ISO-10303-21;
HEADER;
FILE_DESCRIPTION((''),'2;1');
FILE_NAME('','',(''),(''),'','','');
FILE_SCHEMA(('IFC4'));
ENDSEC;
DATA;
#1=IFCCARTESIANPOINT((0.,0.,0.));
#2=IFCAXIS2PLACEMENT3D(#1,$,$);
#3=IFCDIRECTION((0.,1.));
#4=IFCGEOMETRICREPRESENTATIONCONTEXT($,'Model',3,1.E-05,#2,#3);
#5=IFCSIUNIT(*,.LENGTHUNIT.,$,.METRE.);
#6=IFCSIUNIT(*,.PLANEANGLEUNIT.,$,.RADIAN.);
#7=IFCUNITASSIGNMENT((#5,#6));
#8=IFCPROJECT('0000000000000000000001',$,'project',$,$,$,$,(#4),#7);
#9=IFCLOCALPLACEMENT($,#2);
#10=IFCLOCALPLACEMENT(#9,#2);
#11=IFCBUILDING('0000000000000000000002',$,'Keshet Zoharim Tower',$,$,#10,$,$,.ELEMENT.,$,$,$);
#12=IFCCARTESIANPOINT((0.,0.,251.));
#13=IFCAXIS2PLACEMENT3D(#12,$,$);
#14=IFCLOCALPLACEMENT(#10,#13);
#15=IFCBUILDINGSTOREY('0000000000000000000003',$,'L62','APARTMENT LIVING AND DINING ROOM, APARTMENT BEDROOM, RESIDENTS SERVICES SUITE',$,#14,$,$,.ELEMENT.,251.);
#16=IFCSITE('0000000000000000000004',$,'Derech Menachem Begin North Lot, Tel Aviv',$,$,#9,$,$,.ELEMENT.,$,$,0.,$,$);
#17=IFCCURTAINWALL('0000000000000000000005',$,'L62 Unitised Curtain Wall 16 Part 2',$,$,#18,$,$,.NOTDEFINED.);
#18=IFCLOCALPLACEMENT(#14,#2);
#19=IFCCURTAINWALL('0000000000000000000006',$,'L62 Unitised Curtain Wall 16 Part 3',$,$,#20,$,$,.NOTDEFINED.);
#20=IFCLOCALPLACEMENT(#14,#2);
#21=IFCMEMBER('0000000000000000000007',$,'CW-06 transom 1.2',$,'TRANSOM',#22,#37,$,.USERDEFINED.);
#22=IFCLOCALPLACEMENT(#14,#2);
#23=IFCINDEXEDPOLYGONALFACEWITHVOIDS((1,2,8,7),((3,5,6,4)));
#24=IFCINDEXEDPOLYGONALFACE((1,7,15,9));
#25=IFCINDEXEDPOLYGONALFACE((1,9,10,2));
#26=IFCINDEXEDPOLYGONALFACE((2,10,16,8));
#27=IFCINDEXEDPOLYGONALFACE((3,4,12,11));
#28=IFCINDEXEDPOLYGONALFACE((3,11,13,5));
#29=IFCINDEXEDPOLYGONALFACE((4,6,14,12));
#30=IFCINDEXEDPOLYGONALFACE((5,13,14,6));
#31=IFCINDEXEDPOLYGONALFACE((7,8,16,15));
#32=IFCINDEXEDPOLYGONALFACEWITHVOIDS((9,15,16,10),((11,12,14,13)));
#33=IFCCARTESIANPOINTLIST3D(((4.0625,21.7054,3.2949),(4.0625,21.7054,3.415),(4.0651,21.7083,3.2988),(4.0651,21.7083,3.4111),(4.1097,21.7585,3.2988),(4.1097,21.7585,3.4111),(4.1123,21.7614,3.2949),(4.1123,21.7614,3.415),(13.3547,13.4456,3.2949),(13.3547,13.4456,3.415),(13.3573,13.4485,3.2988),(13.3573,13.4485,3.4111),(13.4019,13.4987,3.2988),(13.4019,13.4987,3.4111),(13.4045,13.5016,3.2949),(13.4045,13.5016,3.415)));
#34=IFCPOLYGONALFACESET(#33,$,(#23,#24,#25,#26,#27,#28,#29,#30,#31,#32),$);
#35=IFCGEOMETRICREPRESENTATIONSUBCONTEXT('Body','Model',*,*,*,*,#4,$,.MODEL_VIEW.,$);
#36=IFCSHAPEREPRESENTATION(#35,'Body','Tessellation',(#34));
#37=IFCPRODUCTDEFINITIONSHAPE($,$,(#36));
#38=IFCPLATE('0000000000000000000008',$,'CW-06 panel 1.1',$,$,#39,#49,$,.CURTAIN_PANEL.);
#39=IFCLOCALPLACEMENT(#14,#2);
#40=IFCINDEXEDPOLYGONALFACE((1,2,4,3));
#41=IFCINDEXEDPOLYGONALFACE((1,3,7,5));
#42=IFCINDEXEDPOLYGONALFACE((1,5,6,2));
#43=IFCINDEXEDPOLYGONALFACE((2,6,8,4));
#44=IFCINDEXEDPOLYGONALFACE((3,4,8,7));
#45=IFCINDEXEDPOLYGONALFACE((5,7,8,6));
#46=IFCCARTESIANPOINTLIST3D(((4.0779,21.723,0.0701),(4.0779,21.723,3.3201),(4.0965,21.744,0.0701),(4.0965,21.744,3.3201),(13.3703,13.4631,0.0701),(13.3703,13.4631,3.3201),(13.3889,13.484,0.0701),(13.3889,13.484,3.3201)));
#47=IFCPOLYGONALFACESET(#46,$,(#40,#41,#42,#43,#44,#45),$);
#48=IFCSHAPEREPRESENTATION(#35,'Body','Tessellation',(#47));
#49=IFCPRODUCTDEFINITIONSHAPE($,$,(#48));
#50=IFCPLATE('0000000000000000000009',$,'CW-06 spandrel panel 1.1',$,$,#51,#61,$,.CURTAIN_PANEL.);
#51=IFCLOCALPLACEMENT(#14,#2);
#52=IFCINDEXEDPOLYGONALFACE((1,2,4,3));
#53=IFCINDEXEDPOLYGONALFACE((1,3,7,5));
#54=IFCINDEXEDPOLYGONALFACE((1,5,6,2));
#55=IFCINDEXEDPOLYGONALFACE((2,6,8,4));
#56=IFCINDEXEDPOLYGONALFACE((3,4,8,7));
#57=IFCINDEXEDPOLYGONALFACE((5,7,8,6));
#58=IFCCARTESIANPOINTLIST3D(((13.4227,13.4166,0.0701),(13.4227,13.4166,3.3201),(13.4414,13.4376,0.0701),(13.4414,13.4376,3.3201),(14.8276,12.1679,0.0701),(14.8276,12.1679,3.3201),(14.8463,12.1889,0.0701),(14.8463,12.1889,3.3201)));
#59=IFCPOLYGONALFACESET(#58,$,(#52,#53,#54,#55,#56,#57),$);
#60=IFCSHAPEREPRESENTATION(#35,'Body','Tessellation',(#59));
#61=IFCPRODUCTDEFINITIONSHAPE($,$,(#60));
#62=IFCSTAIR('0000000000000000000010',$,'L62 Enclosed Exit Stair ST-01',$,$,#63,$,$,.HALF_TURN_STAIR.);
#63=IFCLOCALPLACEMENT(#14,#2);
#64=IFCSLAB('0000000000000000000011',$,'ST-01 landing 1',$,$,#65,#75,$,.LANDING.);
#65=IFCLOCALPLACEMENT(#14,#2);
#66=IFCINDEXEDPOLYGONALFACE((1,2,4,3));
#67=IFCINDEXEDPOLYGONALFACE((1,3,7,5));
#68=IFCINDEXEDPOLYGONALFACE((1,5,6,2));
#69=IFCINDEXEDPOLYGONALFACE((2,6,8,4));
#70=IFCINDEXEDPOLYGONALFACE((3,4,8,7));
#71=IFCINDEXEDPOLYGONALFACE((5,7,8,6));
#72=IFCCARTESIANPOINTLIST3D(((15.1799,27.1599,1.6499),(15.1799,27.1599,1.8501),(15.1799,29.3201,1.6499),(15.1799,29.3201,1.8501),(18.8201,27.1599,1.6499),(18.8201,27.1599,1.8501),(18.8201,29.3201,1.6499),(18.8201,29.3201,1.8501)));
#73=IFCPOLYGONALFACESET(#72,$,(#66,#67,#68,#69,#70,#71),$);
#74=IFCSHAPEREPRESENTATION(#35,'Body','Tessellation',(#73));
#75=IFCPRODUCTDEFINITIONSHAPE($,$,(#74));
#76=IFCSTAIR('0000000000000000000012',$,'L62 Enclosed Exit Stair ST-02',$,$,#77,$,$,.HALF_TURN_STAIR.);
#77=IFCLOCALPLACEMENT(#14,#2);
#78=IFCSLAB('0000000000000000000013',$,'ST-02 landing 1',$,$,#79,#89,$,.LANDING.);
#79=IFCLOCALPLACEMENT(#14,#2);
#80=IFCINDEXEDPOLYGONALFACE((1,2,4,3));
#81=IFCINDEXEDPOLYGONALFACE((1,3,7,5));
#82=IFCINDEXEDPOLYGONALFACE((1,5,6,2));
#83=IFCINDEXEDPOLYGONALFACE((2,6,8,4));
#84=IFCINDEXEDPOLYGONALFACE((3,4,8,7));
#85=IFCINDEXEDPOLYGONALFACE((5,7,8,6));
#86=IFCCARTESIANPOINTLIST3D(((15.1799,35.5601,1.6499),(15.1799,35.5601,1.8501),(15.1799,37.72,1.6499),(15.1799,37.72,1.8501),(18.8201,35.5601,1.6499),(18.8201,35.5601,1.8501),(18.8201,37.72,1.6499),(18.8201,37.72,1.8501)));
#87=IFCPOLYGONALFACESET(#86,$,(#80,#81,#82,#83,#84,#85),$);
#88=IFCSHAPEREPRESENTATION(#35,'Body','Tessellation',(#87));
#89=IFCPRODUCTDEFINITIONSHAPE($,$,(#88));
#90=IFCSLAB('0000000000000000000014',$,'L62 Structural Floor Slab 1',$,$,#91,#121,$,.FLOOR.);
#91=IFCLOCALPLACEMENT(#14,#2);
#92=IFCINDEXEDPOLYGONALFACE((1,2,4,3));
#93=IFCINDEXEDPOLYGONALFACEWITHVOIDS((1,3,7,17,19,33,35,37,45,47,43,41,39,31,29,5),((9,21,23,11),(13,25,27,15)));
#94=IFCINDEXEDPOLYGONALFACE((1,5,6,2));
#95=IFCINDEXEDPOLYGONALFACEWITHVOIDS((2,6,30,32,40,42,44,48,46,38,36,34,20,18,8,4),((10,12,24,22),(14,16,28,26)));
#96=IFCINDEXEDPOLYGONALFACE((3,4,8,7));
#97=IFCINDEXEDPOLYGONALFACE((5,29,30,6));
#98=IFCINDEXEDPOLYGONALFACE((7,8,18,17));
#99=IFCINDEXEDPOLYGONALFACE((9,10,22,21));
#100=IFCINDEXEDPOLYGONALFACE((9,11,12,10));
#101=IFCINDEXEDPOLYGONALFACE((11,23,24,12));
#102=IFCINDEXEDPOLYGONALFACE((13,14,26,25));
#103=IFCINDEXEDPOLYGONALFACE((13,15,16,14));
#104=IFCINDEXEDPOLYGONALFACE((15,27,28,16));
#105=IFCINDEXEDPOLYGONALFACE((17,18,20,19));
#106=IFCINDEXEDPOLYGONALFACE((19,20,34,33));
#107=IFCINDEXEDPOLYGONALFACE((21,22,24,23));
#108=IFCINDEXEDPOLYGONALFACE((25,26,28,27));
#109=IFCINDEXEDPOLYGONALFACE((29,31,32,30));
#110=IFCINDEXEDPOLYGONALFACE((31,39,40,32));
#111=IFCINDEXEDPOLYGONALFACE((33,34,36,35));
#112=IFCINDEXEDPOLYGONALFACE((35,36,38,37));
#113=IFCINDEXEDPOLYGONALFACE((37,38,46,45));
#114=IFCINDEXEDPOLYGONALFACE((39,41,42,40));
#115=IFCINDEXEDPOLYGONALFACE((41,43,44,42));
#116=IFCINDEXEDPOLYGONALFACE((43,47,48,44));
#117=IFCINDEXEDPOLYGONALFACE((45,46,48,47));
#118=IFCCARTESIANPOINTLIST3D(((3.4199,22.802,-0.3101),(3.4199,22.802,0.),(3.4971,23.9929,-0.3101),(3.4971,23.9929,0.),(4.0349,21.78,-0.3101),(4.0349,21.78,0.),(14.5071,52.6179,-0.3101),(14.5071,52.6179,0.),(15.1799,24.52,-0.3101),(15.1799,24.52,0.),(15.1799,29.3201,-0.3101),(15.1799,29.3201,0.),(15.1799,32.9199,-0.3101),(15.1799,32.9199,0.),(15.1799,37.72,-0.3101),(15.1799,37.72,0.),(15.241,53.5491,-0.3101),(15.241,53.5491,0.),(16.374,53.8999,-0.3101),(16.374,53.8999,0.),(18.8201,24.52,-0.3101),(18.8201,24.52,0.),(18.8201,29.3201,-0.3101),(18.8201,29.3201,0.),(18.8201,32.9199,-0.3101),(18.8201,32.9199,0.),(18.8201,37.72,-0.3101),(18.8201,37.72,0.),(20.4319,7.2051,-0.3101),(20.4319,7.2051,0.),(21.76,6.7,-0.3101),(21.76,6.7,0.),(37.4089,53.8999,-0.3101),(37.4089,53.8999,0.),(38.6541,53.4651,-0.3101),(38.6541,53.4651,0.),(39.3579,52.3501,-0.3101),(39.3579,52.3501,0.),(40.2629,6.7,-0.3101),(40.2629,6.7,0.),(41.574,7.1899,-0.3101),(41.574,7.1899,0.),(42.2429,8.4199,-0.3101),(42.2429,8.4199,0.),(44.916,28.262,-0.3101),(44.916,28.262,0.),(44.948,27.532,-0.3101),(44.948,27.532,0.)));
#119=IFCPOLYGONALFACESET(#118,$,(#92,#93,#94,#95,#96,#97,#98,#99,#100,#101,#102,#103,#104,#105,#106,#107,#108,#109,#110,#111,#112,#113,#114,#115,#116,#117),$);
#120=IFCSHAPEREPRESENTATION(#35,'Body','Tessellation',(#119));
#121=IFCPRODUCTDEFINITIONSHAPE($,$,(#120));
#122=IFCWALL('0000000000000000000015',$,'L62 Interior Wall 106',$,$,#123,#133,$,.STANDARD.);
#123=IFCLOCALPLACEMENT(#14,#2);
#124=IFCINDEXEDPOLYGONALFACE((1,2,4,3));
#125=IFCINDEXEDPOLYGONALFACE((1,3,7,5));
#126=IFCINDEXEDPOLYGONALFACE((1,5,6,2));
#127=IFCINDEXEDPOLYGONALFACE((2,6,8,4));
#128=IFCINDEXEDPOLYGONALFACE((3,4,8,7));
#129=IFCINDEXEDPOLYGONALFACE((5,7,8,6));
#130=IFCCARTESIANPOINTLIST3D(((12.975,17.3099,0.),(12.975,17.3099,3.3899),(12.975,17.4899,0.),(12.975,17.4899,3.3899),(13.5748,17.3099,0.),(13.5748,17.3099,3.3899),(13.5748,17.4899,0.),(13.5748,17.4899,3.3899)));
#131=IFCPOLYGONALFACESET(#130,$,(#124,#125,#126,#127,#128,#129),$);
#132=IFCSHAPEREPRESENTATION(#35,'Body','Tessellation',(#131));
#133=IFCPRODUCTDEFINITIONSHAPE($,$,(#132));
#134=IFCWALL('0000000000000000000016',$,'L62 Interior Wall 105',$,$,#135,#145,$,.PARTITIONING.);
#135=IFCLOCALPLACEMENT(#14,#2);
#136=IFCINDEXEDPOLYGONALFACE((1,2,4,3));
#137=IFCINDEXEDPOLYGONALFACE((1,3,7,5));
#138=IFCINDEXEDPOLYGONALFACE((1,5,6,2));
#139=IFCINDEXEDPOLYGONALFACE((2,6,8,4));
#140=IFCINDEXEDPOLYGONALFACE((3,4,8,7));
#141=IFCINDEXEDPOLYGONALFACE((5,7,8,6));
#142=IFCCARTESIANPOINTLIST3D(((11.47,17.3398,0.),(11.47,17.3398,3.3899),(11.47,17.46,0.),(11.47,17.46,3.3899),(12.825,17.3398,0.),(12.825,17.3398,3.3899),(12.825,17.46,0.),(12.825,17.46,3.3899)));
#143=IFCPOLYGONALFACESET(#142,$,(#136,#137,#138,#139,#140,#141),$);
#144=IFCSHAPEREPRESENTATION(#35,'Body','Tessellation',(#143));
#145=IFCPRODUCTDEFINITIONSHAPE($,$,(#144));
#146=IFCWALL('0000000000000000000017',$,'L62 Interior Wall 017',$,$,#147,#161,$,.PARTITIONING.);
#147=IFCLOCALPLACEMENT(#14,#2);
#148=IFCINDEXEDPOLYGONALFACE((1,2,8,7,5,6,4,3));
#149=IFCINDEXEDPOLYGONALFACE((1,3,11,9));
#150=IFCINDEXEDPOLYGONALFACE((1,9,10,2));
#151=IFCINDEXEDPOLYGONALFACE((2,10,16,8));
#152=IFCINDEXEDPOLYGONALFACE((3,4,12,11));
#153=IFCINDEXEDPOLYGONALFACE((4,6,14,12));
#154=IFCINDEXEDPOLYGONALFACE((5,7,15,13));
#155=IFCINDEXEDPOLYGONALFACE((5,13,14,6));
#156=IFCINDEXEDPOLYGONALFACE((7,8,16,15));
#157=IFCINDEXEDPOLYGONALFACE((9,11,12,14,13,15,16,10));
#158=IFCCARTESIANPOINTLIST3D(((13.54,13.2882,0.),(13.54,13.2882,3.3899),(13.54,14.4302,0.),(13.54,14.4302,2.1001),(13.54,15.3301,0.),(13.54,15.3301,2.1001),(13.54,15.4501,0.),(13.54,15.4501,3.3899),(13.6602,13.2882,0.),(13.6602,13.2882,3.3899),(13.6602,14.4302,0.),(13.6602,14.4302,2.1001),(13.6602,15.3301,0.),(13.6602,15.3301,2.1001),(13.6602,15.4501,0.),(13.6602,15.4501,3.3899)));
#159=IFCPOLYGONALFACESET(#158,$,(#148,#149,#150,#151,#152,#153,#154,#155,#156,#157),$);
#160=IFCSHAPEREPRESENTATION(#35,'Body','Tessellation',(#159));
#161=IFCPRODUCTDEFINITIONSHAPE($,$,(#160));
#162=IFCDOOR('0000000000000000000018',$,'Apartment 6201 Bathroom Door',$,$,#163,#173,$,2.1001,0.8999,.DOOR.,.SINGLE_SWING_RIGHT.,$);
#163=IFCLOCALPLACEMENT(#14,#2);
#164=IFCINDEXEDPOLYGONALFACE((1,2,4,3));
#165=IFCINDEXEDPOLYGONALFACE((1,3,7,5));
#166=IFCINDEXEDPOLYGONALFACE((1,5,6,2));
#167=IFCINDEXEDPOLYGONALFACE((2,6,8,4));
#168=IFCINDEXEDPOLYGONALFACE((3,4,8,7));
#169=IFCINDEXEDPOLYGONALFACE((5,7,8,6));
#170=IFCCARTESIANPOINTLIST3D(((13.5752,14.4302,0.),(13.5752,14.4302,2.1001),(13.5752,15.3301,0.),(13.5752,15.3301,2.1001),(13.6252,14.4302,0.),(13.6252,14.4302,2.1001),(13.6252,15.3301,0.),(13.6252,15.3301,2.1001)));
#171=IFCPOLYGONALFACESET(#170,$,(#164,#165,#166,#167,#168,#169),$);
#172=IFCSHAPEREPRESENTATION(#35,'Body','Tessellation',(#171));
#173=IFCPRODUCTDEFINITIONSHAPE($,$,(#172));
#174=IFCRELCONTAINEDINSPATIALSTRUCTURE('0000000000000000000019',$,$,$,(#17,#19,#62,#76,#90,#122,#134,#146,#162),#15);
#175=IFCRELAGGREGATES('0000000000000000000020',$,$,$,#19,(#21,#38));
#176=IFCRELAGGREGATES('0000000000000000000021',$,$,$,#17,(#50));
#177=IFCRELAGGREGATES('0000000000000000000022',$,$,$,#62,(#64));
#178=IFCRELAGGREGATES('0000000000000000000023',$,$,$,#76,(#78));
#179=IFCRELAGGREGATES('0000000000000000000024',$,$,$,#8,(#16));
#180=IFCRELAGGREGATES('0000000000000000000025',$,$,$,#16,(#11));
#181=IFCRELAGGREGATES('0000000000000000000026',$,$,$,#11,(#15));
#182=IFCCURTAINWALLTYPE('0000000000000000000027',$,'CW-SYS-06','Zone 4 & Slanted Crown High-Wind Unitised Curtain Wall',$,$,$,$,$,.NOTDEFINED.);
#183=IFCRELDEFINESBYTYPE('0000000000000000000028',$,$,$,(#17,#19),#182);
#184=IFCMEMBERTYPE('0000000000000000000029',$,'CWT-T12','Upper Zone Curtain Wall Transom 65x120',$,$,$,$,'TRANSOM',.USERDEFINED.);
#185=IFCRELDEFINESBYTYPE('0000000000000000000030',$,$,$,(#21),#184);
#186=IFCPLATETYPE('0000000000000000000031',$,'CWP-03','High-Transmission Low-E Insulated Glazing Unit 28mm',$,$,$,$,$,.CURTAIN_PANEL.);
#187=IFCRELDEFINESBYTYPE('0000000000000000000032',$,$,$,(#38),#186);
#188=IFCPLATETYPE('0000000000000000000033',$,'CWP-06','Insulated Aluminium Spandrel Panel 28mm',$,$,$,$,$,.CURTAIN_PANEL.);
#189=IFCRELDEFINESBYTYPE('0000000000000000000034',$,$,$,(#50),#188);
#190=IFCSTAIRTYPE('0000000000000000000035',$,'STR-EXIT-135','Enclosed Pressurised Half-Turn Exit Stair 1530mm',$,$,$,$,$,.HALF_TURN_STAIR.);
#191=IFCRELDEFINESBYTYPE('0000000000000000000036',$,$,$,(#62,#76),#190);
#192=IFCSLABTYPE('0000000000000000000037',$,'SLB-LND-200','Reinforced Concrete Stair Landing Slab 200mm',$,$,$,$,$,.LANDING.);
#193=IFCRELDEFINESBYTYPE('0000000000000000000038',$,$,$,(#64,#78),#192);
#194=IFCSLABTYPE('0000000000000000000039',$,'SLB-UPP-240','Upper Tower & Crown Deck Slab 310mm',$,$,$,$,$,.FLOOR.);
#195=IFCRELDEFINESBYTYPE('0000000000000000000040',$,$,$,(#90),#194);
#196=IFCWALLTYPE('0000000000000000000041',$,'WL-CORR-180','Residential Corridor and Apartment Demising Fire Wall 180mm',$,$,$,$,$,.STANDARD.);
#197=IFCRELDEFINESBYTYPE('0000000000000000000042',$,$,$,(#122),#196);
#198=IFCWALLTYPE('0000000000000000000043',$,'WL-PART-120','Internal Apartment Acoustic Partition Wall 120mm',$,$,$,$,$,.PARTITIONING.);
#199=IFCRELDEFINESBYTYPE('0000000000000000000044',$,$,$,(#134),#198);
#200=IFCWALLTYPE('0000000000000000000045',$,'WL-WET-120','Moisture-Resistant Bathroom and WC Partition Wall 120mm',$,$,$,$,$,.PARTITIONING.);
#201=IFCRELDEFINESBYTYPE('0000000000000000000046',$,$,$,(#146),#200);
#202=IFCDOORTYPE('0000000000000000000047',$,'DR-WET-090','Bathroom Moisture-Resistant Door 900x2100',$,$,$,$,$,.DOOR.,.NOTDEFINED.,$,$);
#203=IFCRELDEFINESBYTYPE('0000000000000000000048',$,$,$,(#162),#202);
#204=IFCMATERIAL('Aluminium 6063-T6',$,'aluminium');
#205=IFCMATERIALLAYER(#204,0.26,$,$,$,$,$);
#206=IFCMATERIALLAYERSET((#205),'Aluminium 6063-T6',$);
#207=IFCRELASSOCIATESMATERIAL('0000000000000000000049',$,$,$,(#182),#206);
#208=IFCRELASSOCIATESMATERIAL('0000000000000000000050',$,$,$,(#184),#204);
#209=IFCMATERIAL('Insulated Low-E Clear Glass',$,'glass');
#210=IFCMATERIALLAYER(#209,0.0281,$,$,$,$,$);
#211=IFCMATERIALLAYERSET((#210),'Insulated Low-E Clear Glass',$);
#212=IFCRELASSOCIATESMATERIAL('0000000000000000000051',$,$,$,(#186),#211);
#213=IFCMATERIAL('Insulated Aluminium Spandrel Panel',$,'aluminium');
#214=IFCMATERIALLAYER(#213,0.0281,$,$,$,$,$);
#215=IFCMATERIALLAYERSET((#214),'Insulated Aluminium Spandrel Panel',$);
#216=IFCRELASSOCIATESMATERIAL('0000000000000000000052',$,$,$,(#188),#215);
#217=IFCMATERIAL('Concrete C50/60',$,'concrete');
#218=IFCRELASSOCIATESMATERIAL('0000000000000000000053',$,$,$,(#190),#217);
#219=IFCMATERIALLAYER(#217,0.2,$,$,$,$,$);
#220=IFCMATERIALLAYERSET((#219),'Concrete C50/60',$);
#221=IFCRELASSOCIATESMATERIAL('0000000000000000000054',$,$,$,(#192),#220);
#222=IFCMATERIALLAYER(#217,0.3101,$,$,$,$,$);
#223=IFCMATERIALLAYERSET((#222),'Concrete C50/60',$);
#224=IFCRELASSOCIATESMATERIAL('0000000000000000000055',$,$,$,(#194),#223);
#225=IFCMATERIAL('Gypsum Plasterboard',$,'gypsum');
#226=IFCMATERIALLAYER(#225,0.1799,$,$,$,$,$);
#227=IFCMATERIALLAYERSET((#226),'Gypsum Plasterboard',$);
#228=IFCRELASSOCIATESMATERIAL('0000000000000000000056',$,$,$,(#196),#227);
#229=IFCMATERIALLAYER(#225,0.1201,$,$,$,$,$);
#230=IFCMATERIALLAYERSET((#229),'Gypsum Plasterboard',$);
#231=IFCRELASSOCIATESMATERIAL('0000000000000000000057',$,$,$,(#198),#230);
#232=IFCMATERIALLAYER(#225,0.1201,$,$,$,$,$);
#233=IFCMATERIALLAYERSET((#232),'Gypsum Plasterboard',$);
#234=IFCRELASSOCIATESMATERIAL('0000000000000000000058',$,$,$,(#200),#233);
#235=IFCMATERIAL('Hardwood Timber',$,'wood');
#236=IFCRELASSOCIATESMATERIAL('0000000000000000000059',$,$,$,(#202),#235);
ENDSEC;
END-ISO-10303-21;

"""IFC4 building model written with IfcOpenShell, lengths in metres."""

from ifc_helpers import new_model, si_unit, direction, frame, frame_2d, origin, origin_2d, place, context, subcontext, project, spatial, polyline, rectangle, hollow_rectangle, outline, extrude, material, layer, layer_set, material_profile, profile_set, type_object, element, fill, aggregate, save


model = new_model("IFC4")

# Units and contexts
model_context = context("Model", 3, precision=1e-05, world=origin(), true_north=direction((0.0, 1.0)))
body_context = subcontext(model_context, "Body", "Model", "MODEL_VIEW")
ifc_project = project(units=[si_unit("LENGTHUNIT", "METRE"), si_unit("PLANEANGLEUNIT", "RADIAN")], contexts=[model_context])

# Site, building, storey
site_placement = place(None, origin())
site = spatial("IfcSite", under=ifc_project, at=site_placement, Name="Derech Menachem Begin North Lot, Tel Aviv", CompositionType="ELEMENT", RefElevation=0.0)
building_placement = place(site_placement, origin())
building = spatial("IfcBuilding", under=site, at=building_placement, Name="Keshet Zoharim Tower", CompositionType="ELEMENT")
storey_placement = place(building_placement, frame((0.0, 0.0, 251.0)))
storey = spatial("IfcBuildingStorey", under=building, at=storey_placement, Name="L62", Description="APARTMENT LIVING AND DINING ROOM, APARTMENT BEDROOM, RESIDENTS SERVICES SUITE", CompositionType="ELEMENT", Elevation=251.0)

# Shared definitions
ifc_material_1 = material(Name="Aluminium 6063-T6", Category="aluminium")
ifc_layer_1 = layer(ifc_material_1, 0.26)
ifc_layer_set_1 = layer_set([ifc_layer_1], Name="Aluminium 6063-T6")
curtain_wall_type = type_object("IfcCurtainWallType", Name="CW-SYS-06", Description="Zone 4 & Slanted Crown High-Wind Unitised Curtain Wall", PredefinedType="NOTDEFINED", material=ifc_layer_set_1)

# Curtain wall
curtain_wall_1_placement = place(storey_placement, origin())
curtain_wall_1 = element("IfcCurtainWall", 1, at=curtain_wall_1_placement, inside=storey, type_object=curtain_wall_type, Name="L62 Unitised Curtain Wall 16 Part 2", PredefinedType="NOTDEFINED")
ifc_material_profile_1 = material_profile(ifc_material_1, hollow_rectangle(XDim=0.075, YDim=0.1201, WallThickness=0.0039, at=origin_2d()), Name="TRN-75x120")
ifc_profile_set_1 = profile_set([ifc_material_profile_1], Name="Aluminium 6063-T6")
member_type_1 = type_object("IfcMemberType", Name="CWT-T12", Description="Upper Zone Curtain Wall Transom 65x120", ElementType="TRANSOM", PredefinedType="USERDEFINED", material=ifc_profile_set_1)

# Curtain wall, member, plate
curtain_wall_2_placement = place(storey_placement, origin())
curtain_wall_2 = element("IfcCurtainWall", 2, at=curtain_wall_2_placement, inside=storey, type_object=curtain_wall_type, Name="L62 Unitised Curtain Wall 16 Part 3", PredefinedType="NOTDEFINED")
member_1_placement = place(storey_placement, frame((13.3796, 13.4736, 3.355), z_axis=(-0.747409, 0.664364, 0.0), x_axis=(-0.664364, -0.747409, 0.0)))
member_1 = element("IfcMember", 3, at=member_1_placement, type_object=member_type_1, Name="CW-06 transom 1.2", ObjectType="TRANSOM", PredefinedType="USERDEFINED", context=body_context, shape_type="SweptSolid", body=[
    extrude(hollow_rectangle(XDim=0.075, YDim=0.1201, WallThickness=0.0039, at=origin_2d()), origin(), (0.0, 0.0, 1.0), 12.4326),
])
ifc_material_2 = material(Name="Insulated Low-E Clear Glass", Category="glass")
ifc_layer_2 = layer(ifc_material_2, 0.0281)
ifc_layer_set_2 = layer_set([ifc_layer_2], Name="Insulated Low-E Clear Glass")
plate_type_1 = type_object("IfcPlateType", Name="CWP-03", Description="High-Transmission Low-E Insulated Glazing Unit 28mm", PredefinedType="CURTAIN_PANEL", material=ifc_layer_set_2)
plate_1_placement = place(storey_placement, frame((8.7334, 17.6035, 0.0701), z_axis=(0.0, 0.0, 1.0), x_axis=(-0.747409, 0.664364, 0.0)))
plate_1 = element("IfcPlate", 4, at=plate_1_placement, type_object=plate_type_1, Name="CW-06 panel 1.1", PredefinedType="CURTAIN_PANEL", context=body_context, shape_type="SweptSolid", body=[
    extrude(rectangle(XDim=12.4329, YDim=0.0281, at=origin_2d()), origin(), (0.0, 0.0, 1.0), 3.25),
])
aggregate(curtain_wall_2, [member_1, plate_1])

# Plate
ifc_material_3 = material(Name="Insulated Aluminium Spandrel Panel", Category="aluminium")
ifc_layer_3 = layer(ifc_material_3, 0.0281)
ifc_layer_set_3 = layer_set([ifc_layer_3], Name="Insulated Aluminium Spandrel Panel")
plate_type_2 = type_object("IfcPlateType", Name="CWP-06", Description="Insulated Aluminium Spandrel Panel 28mm", PredefinedType="CURTAIN_PANEL", material=ifc_layer_set_3)
plate_2_placement = place(storey_placement, frame((14.1345, 12.8027, 0.0701), z_axis=(0.0, 0.0, 1.0), x_axis=(-0.747432, 0.664338, 0.0)))
plate_2 = element("IfcPlate", 5, at=plate_2_placement, type_object=plate_type_2, Name="CW-06 spandrel panel 1.1", PredefinedType="CURTAIN_PANEL", context=body_context, shape_type="SweptSolid", body=[
    extrude(rectangle(XDim=1.8796, YDim=0.0281, at=origin_2d()), origin(), (0.0, 0.0, 1.0), 3.25),
])
aggregate(curtain_wall_1, [plate_2])

# Stairs, slabs
ifc_material_4 = material(Name="Concrete C50/60", Category="concrete")
stair_type = type_object("IfcStairType", Name="STR-EXIT-135", Description="Enclosed Pressurised Half-Turn Exit Stair 1530mm", PredefinedType="HALF_TURN_STAIR", material=ifc_material_4)
stair_1_placement = place(storey_placement, origin())
stair_1 = element("IfcStair", 6, at=stair_1_placement, inside=storey, type_object=stair_type, Name="L62 Enclosed Exit Stair ST-01", PredefinedType="HALF_TURN_STAIR")
ifc_layer_4 = layer(ifc_material_4, 0.2)
ifc_layer_set_4 = layer_set([ifc_layer_4], Name="Concrete C50/60")
slab_type_1 = type_object("IfcSlabType", Name="SLB-LND-200", Description="Reinforced Concrete Stair Landing Slab 200mm", PredefinedType="LANDING", material=ifc_layer_set_4)
slab_1_placement = place(storey_placement, frame((0.0, 0.0, 1.6499)))
slab_1 = element("IfcSlab", 7, at=slab_1_placement, type_object=slab_type_1, Name="ST-01 landing 1", PredefinedType="LANDING", context=body_context, shape_type="SweptSolid", body=[
    extrude(outline(polyline([(15.1799, 27.1599), (18.8201, 27.1599), (18.8201, 29.3201), (15.1799, 29.3201), (15.1799, 27.1599)])), origin(), (0.0, 0.0, 1.0), 0.2002),
])
aggregate(stair_1, [slab_1])
stair_2_placement = place(storey_placement, origin())
stair_2 = element("IfcStair", 8, at=stair_2_placement, inside=storey, type_object=stair_type, Name="L62 Enclosed Exit Stair ST-02", PredefinedType="HALF_TURN_STAIR")
slab_2_placement = place(storey_placement, frame((0.0, 0.0, 1.6499)))
slab_2 = element("IfcSlab", 9, at=slab_2_placement, type_object=slab_type_1, Name="ST-02 landing 1", PredefinedType="LANDING", context=body_context, shape_type="SweptSolid", body=[
    extrude(outline(polyline([(15.1799, 35.5601), (18.8201, 35.5601), (18.8201, 37.72), (15.1799, 37.72), (15.1799, 35.5601)])), origin(), (0.0, 0.0, 1.0), 0.2002),
])
aggregate(stair_2, [slab_2])

# Slab
ifc_layer_5 = layer(ifc_material_4, 0.3101)
ifc_layer_set_5 = layer_set([ifc_layer_5], Name="Concrete C50/60")
slab_type_2 = type_object("IfcSlabType", Name="SLB-UPP-240", Description="Upper Tower & Crown Deck Slab 310mm", PredefinedType="FLOOR", material=ifc_layer_set_5)
slab_3_placement = place(storey_placement, frame((0.0, 0.0, -0.3101)))
element("IfcSlab", 10, at=slab_3_placement, inside=storey, type_object=slab_type_2, Name="L62 Structural Floor Slab 1", PredefinedType="FLOOR", context=body_context, shape_type="SweptSolid", body=[
    extrude(outline(polyline([(4.0349, 21.78), (3.4199, 22.802), (3.4971, 23.9929), (14.5071, 52.6179), (15.241, 53.5491), (16.374, 53.8999), (37.4089, 53.8999), (38.6541, 53.4651), (39.3579, 52.3501), (44.916, 28.262), (44.948, 27.532), (42.2429, 8.4199), (41.574, 7.1899), (40.2629, 6.7), (21.76, 6.7), (20.4319, 7.2051), (4.0349, 21.78)]), holes=[polyline([(15.1799, 24.52), (18.8201, 24.52), (18.8201, 29.3201), (15.1799, 29.3201), (15.1799, 24.52)]), polyline([(15.1799, 32.9199), (18.8201, 32.9199), (18.8201, 37.72), (15.1799, 37.72), (15.1799, 32.9199)])]), origin(), (0.0, 0.0, 1.0), 0.3101),
])

# Shared definitions
ifc_material_5 = material(Name="Gypsum Plasterboard", Category="gypsum")
ifc_layer_6 = layer(ifc_material_5, 0.1799)
ifc_layer_set_6 = layer_set([ifc_layer_6], Name="Gypsum Plasterboard")
wall_type_1 = type_object("IfcWallType", Name="WL-CORR-180", Description="Residential Corridor and Apartment Demising Fire Wall 180mm", PredefinedType="STANDARD", material=ifc_layer_set_6)
ifc_material_6 = material(Name="Hardwood Timber", Category="wood")

# Wall
wall_1_placement = place(storey_placement, frame((12.9751, 17.3999, 0.0), z_axis=(0.0, 0.0, 1.0), x_axis=(1.0, 0.0, 0.0)))
element("IfcWall", 11, at=wall_1_placement, inside=storey, type_object=wall_type_1, Name="L62 Interior Wall 106", PredefinedType="STANDARD", context=body_context, shape_type="SweptSolid", body=[
    extrude(rectangle(XDim=0.5999, YDim=0.1799, at=frame_2d((0.2998, 0.0))), origin(), (0.0, 0.0, 1.0), 3.3899),
])

# Shared definitions
ifc_layer_7 = layer(ifc_material_5, 0.1201)
ifc_layer_set_7 = layer_set([ifc_layer_7], Name="Gypsum Plasterboard")
wall_type_2 = type_object("IfcWallType", Name="WL-PART-120", Description="Internal Apartment Acoustic Partition Wall 120mm", PredefinedType="PARTITIONING", material=ifc_layer_set_7)

# Wall
wall_2_placement = place(storey_placement, frame((11.47, 17.3999, 0.0), z_axis=(0.0, 0.0, 1.0), x_axis=(1.0, 0.0, 0.0)))
element("IfcWall", 12, at=wall_2_placement, inside=storey, type_object=wall_type_2, Name="L62 Interior Wall 105", PredefinedType="PARTITIONING", context=body_context, shape_type="SweptSolid", body=[
    extrude(rectangle(XDim=1.355, YDim=0.1201, at=frame_2d((0.6775, 0.0))), origin(), (0.0, 0.0, 1.0), 3.3899),
])

# Wall, opening, door
ifc_layer_8 = layer(ifc_material_5, 0.1201)
ifc_layer_set_8 = layer_set([ifc_layer_8], Name="Gypsum Plasterboard")
wall_type_3 = type_object("IfcWallType", Name="WL-WET-120", Description="Moisture-Resistant Bathroom and WC Partition Wall 120mm", PredefinedType="PARTITIONING", material=ifc_layer_set_8)
wall_3_placement = place(storey_placement, frame((13.6001, 13.2881, 0.0), z_axis=(0.0, 0.0, 1.0), x_axis=(0.0, 1.0, 0.0)))
wall_3 = element("IfcWall", 13, at=wall_3_placement, inside=storey, type_object=wall_type_3, Name="L62 Interior Wall 017", PredefinedType="PARTITIONING", context=body_context, shape_type="SweptSolid", body=[
    extrude(rectangle(XDim=2.1619, YDim=0.1201, at=frame_2d((1.0811, 0.0))), origin(), (0.0, 0.0, 1.0), 3.3899),
])
opening_1_placement = place(wall_3_placement, frame((1.1421, 0.0, 0.0)))
opening_1 = element("IfcOpeningElement", 14, at=opening_1_placement, cuts=wall_3, PredefinedType="OPENING", context=body_context, shape_type="SweptSolid", body=[
    extrude(rectangle(XDim=0.8999, YDim=2.1001, at=frame_2d((0.45, 1.05))), frame((0.0, 0.0701, 0.0), z_axis=(0.0, -1.0, 0.0), x_axis=(1.0, 0.0, 0.0)), (0.0, 0.0, 1.0), 0.1401),
])
door_type_1 = type_object("IfcDoorType", Name="DR-WET-090", Description="Bathroom Moisture-Resistant Door 900x2100", OperationType="NOTDEFINED", PredefinedType="DOOR", material=ifc_material_6)
door_1_placement = place(opening_1_placement, origin())
door_1 = element("IfcDoor", 15, at=door_1_placement, inside=storey, type_object=door_type_1, Name="Apartment 6201 Bathroom Door", OperationType="SINGLE_SWING_RIGHT", OverallHeight=2.1001, OverallWidth=0.8999, PredefinedType="DOOR", context=body_context, shape_type="SweptSolid", body=[
    extrude(rectangle(XDim=0.8999, YDim=2.1001, at=frame_2d((0.45, 1.05))), frame((0.0, 0.0249, 0.0), z_axis=(0.0, -1.0, 0.0), x_axis=(1.0, 0.0, 0.0)), (0.0, 0.0, 1.0), 0.05),
])
fill(opening_1, door_1)

save(model, "model.ifc")
